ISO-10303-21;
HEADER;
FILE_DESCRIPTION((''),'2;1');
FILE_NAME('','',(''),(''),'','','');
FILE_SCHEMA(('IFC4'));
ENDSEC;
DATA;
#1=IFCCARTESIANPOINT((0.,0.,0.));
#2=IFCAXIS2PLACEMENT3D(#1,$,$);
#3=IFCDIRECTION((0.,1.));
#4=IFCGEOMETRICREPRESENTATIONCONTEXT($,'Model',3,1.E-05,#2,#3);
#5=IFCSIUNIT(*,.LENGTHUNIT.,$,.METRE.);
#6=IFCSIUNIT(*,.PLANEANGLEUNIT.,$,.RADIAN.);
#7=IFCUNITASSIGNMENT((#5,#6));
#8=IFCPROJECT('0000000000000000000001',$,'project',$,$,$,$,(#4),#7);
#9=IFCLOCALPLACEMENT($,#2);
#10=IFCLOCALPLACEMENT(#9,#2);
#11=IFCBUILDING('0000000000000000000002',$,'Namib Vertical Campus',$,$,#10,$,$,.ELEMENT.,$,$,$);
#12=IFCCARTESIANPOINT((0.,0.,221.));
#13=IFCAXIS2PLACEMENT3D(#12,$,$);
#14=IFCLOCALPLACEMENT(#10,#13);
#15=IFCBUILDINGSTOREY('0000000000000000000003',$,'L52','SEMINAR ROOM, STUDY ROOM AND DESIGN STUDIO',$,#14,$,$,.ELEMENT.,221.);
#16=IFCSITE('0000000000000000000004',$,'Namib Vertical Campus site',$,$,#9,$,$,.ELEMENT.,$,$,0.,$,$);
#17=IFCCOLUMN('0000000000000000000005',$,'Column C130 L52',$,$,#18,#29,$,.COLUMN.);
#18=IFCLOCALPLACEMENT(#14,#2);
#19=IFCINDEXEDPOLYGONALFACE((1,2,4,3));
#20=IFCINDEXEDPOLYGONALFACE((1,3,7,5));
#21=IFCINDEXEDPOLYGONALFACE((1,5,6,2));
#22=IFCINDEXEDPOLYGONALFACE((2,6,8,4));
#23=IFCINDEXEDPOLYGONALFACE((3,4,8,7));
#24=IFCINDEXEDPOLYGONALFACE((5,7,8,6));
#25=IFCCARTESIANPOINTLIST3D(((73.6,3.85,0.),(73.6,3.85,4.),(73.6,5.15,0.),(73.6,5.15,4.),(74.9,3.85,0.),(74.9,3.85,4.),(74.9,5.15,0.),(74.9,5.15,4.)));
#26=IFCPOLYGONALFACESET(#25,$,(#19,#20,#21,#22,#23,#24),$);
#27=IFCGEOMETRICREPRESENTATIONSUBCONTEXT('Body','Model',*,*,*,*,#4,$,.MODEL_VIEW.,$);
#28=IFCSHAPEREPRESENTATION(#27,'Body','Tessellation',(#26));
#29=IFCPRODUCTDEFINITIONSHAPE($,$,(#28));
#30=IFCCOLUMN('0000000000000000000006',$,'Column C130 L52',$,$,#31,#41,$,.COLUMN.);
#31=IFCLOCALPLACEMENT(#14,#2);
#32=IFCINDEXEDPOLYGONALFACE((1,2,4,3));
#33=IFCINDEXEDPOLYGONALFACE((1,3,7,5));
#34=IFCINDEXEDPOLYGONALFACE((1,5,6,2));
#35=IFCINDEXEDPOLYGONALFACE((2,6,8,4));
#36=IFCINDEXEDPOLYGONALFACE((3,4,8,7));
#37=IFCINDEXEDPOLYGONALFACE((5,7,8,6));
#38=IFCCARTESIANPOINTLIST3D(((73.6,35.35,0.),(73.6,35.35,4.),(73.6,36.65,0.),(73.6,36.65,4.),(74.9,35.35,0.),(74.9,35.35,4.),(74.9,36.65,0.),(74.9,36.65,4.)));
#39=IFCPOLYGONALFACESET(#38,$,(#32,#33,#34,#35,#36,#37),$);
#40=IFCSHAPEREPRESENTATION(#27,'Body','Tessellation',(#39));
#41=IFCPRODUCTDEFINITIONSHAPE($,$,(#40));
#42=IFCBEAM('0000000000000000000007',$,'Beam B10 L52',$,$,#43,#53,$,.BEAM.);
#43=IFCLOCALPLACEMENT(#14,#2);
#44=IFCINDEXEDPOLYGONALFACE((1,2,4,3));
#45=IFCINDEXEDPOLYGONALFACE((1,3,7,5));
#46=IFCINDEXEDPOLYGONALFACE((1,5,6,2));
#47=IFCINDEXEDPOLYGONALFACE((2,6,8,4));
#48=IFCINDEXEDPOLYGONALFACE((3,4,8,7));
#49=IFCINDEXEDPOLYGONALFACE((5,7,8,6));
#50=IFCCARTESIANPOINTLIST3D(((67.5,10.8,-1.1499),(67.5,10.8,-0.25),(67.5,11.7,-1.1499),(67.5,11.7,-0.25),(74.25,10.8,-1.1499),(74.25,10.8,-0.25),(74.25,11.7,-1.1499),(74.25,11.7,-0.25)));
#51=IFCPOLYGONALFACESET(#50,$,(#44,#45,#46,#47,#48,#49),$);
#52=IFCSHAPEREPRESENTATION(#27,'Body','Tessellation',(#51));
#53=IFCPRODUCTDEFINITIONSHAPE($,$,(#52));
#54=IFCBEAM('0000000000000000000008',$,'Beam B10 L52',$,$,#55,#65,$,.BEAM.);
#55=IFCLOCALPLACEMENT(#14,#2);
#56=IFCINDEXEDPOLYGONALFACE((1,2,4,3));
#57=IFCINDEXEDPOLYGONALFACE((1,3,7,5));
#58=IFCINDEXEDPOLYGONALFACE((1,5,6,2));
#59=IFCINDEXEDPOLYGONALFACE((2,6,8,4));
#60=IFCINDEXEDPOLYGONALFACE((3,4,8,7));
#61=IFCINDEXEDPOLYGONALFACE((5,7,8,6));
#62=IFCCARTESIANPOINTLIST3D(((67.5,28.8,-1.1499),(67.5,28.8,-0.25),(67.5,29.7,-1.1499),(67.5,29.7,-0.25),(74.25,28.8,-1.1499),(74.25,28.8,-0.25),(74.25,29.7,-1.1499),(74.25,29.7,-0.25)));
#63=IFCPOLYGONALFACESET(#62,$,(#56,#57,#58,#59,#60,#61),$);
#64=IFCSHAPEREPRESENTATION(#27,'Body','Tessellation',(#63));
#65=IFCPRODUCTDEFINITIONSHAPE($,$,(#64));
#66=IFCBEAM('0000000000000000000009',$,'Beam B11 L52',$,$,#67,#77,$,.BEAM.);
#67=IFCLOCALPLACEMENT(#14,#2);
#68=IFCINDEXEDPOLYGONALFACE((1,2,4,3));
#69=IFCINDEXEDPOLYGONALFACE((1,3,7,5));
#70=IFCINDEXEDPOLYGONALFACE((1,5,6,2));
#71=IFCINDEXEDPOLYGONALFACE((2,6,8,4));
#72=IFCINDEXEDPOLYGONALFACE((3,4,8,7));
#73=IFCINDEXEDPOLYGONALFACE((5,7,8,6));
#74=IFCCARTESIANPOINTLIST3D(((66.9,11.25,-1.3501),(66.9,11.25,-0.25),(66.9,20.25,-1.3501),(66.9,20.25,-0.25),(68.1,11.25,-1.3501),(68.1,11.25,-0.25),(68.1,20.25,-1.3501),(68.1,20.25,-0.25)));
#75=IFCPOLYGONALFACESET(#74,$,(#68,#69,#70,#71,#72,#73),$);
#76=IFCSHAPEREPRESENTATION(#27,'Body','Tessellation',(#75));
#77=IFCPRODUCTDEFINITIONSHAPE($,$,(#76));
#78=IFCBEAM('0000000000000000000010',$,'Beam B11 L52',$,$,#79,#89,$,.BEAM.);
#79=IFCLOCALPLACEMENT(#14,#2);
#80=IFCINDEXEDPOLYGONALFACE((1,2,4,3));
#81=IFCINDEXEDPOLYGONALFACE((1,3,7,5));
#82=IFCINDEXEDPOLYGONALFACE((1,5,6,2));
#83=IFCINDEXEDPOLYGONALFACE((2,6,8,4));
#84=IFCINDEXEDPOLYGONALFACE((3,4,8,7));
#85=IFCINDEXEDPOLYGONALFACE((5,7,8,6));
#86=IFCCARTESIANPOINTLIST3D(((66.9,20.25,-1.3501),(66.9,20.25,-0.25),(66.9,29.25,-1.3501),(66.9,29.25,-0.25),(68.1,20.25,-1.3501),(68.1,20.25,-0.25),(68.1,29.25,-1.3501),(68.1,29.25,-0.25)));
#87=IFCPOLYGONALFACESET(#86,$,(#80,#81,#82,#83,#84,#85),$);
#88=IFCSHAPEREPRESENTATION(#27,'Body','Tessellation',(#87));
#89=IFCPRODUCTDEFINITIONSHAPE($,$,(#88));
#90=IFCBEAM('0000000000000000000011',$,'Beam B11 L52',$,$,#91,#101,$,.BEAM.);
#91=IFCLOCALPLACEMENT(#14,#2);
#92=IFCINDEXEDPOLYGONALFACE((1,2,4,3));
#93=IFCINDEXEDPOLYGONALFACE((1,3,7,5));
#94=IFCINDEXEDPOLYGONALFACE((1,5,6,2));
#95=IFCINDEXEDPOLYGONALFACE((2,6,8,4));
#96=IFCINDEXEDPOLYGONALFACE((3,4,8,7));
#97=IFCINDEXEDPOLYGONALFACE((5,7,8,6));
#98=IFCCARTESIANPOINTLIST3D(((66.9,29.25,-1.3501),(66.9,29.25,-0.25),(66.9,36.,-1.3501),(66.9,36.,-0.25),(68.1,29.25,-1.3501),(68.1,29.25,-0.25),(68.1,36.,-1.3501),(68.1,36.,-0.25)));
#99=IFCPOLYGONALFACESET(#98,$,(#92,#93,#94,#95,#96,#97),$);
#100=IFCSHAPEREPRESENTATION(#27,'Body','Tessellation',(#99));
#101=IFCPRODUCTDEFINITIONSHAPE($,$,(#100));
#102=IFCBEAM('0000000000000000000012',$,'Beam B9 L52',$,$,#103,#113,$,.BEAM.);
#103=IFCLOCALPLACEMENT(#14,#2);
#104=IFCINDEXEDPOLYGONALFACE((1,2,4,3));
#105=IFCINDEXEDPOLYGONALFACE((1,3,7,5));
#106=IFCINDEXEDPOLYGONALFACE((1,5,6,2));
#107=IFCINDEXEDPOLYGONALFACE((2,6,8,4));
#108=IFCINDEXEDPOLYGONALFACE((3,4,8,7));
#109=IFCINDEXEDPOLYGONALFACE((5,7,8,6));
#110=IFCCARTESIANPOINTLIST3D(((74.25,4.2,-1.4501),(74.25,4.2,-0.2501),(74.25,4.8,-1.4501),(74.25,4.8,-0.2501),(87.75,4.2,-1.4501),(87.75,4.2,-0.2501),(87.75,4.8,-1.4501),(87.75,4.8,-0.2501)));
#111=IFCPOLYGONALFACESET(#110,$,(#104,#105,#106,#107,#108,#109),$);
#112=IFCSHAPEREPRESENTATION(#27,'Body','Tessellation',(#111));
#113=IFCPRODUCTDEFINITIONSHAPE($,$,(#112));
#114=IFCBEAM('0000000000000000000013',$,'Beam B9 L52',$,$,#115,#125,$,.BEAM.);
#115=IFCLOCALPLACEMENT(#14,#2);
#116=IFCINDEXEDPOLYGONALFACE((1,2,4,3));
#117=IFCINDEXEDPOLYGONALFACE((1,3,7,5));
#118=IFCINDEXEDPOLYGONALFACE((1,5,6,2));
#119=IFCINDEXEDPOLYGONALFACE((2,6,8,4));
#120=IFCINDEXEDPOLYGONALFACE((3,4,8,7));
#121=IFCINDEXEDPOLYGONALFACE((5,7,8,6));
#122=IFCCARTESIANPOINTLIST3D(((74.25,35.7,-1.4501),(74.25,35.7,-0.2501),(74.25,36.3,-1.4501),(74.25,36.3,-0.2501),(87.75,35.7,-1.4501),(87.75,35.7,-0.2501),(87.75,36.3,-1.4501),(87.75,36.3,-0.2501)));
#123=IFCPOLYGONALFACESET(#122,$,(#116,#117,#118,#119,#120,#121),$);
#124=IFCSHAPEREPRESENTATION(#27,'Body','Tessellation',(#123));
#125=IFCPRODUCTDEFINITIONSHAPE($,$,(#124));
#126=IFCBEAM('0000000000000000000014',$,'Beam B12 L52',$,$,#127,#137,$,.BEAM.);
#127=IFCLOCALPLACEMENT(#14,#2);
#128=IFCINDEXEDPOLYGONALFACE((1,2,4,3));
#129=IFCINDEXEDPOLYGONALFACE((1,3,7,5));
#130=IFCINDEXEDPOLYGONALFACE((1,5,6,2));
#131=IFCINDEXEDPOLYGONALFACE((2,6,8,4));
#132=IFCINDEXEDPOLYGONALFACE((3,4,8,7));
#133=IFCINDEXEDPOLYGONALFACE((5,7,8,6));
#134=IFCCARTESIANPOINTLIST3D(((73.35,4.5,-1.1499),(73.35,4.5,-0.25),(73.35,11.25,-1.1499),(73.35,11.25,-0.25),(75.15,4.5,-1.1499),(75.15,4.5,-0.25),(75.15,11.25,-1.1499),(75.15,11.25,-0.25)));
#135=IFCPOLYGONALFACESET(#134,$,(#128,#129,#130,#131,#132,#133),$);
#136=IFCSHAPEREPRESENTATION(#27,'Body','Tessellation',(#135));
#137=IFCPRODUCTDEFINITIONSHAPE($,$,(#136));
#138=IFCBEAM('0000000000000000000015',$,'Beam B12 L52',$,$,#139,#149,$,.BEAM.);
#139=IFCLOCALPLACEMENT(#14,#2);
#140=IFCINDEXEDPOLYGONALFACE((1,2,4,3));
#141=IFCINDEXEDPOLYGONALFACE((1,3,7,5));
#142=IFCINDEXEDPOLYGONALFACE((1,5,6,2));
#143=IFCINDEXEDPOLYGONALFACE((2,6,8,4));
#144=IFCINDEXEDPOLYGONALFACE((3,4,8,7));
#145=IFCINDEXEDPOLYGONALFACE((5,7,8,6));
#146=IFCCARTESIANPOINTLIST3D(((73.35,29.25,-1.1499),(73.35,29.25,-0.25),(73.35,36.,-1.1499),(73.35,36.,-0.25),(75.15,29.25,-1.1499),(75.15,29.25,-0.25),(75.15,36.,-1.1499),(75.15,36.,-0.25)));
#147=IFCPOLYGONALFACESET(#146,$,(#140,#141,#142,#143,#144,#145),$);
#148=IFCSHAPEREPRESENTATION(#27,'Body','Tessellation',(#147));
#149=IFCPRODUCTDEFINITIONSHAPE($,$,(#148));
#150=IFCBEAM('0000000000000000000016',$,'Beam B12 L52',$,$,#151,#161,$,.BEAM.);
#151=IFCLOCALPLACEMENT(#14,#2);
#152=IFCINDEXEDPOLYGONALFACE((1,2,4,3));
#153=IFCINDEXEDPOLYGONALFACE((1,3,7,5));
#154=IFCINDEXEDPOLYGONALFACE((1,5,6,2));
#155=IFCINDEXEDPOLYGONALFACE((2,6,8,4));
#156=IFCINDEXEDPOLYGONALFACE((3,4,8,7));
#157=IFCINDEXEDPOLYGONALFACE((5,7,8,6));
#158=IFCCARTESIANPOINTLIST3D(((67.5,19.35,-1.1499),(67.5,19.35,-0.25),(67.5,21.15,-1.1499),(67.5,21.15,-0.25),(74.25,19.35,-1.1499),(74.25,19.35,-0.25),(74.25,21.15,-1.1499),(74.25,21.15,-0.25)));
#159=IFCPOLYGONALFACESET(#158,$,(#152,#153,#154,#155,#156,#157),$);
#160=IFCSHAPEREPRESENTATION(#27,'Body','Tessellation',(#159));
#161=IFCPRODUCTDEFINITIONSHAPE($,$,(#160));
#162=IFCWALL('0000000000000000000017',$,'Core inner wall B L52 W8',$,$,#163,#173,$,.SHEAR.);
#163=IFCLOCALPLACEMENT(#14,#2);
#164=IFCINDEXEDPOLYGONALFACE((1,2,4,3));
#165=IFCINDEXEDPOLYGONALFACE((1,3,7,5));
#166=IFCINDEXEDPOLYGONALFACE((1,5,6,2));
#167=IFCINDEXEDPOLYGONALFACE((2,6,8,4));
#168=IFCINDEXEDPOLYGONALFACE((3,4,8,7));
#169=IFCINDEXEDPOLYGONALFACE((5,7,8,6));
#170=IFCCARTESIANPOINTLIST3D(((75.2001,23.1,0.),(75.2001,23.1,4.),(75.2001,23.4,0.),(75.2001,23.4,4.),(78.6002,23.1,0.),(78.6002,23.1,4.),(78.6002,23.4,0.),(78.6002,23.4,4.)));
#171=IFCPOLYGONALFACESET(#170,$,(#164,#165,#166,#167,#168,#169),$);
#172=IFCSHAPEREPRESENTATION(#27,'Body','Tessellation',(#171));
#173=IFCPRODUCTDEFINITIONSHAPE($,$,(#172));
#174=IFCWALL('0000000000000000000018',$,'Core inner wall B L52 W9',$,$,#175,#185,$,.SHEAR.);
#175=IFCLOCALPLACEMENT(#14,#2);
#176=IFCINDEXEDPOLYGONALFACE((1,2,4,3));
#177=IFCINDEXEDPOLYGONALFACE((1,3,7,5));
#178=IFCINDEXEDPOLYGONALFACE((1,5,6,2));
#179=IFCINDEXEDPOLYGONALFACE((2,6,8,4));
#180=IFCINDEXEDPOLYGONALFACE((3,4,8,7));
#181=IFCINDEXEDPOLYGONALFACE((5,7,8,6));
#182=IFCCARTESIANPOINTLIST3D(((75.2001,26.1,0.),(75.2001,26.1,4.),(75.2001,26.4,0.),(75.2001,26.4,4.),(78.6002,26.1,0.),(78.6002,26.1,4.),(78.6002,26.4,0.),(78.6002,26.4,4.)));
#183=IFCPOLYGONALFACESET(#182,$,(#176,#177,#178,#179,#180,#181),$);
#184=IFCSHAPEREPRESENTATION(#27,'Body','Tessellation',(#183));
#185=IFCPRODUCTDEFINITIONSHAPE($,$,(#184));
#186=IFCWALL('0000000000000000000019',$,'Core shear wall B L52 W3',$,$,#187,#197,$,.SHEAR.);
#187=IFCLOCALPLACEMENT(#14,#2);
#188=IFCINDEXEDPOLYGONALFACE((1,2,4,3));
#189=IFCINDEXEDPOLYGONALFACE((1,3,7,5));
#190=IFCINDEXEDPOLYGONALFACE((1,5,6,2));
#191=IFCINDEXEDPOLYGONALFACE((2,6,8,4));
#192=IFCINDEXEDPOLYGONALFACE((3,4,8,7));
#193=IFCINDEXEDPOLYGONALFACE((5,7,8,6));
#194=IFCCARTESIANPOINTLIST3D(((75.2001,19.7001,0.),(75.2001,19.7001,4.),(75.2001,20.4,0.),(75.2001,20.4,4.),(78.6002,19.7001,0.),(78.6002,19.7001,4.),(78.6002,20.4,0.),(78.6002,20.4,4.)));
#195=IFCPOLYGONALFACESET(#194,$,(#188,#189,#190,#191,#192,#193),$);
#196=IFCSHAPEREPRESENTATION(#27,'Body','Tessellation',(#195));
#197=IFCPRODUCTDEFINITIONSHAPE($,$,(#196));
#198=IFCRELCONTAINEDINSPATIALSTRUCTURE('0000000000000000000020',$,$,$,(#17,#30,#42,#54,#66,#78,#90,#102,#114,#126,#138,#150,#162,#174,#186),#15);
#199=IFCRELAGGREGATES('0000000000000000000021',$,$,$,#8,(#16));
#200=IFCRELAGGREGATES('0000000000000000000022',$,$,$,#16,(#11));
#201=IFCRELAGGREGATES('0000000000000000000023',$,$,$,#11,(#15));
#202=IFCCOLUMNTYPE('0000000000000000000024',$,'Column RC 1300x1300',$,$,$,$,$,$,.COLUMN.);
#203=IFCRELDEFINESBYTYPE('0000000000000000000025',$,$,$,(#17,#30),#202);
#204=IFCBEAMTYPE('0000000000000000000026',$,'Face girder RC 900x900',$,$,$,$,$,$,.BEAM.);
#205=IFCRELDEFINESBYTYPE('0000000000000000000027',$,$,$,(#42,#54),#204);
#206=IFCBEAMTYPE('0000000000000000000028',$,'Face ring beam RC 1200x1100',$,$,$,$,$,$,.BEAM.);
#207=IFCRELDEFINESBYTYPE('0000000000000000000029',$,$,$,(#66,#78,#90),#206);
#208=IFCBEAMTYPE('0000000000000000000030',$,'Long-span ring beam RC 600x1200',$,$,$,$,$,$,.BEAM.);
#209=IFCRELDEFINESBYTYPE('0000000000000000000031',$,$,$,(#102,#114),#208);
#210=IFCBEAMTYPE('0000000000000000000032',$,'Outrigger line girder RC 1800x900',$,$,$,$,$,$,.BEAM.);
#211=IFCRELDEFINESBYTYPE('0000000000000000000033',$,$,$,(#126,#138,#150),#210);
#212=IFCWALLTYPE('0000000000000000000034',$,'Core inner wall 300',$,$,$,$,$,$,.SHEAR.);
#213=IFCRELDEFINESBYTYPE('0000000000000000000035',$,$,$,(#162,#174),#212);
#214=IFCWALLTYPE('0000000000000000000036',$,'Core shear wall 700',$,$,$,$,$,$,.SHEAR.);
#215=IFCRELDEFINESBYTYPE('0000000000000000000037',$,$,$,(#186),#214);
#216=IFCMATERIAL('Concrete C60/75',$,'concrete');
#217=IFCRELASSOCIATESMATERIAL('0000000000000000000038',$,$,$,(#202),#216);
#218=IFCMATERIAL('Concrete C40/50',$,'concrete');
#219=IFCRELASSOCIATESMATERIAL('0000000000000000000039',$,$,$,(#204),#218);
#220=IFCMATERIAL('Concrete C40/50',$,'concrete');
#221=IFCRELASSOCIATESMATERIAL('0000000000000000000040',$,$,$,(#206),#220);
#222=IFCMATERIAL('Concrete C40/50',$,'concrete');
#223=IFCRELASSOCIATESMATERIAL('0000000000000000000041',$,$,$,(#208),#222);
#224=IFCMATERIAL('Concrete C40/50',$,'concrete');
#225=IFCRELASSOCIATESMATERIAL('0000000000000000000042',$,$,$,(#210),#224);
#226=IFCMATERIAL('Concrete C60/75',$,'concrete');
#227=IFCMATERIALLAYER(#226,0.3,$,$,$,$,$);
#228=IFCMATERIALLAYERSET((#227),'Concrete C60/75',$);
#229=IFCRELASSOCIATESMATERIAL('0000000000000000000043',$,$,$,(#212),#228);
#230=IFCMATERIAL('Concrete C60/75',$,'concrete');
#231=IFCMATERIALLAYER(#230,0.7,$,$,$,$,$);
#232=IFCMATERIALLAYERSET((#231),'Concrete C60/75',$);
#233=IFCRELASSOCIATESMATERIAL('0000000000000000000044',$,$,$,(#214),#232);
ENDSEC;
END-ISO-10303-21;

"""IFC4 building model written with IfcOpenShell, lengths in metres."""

from ifc_helpers import new_model, si_unit, direction, frame, frame_2d, origin, origin_2d, place, context, subcontext, project, spatial, rectangle, extrude, material, layer, layer_set, material_profile, profile_set, type_object, element, save


model = new_model("IFC4")

# Units and contexts
model_context = context("Model", 3, precision=1e-05, world=origin(), true_north=direction((0.0, 1.0)))
body_context = subcontext(model_context, "Body", "Model", "MODEL_VIEW")
ifc_project = project(units=[si_unit("LENGTHUNIT", "METRE"), si_unit("PLANEANGLEUNIT", "RADIAN")], contexts=[model_context])

# Site, building, storey
site_placement = place(None, origin())
site = spatial("IfcSite", under=ifc_project, at=site_placement, Name="Namib Vertical Campus site", CompositionType="ELEMENT", RefElevation=0.0)
building_placement = place(site_placement, origin())
building = spatial("IfcBuilding", under=site, at=building_placement, Name="Namib Vertical Campus", CompositionType="ELEMENT")
storey_placement = place(building_placement, frame((0.0, 0.0, 221.0)))
storey = spatial("IfcBuildingStorey", under=building, at=storey_placement, Name="L52", Description="SEMINAR ROOM, STUDY ROOM AND DESIGN STUDIO", CompositionType="ELEMENT", Elevation=221.0)

# Columns
ifc_material_1 = material(Name="Concrete C60/75", Category="concrete")
ifc_material_profile_1 = material_profile(ifc_material_1, rectangle(XDim=1.3, YDim=1.3, at=origin_2d()))
ifc_profile_set_1 = profile_set([ifc_material_profile_1], Name="Concrete C60/75")
column_type = type_object("IfcColumnType", Name="Column RC 1300x1300", PredefinedType="COLUMN", material=ifc_profile_set_1)
for number, where, z_axis, x_axis, name in (
    (1, (74.25, 4.5, 0.0), (0.0, 0.0, 1.0), (1.0, 0.0, 0.0), "Column C130 L52"),
    (2, (74.25, 36.0, 0.0), (0.0, 0.0, 1.0), (1.0, 0.0, 0.0), "Column C130 L52"),
):
    element("IfcColumn", number, at=place(storey_placement, frame(where, z_axis=z_axis, x_axis=x_axis)), inside=storey, type_object=column_type, Name=name, PredefinedType="COLUMN", context=body_context, shape_type="SweptSolid", body=[
        extrude(rectangle(XDim=1.3, YDim=1.3, at=origin_2d()), origin(), (0.0, 0.0, 1.0), 4.0),
    ])

# Beams
ifc_material_2 = material(Name="Concrete C40/50", Category="concrete")
ifc_material_profile_2 = material_profile(ifc_material_2, rectangle(XDim=0.8999, YDim=0.8999, at=origin_2d()))
ifc_profile_set_2 = profile_set([ifc_material_profile_2], Name="Concrete C40/50")
beam_type_1 = type_object("IfcBeamType", Name="Face girder RC 900x900", PredefinedType="BEAM", material=ifc_profile_set_2)
for number, where, z_axis, x_axis, name in (
    (3, (67.5, 11.25, -0.7), (1.0, 0.0, 0.0), (0.0, 1.0, 0.0), "Beam B10 L52"),
    (4, (67.5, 29.25, -0.7), (1.0, 0.0, 0.0), (0.0, 1.0, 0.0), "Beam B10 L52"),
):
    element("IfcBeam", number, at=place(storey_placement, frame(where, z_axis=z_axis, x_axis=x_axis)), inside=storey, type_object=beam_type_1, Name=name, PredefinedType="BEAM", context=body_context, shape_type="SweptSolid", body=[
        extrude(rectangle(XDim=0.8999, YDim=0.8999, at=origin_2d()), origin(), (0.0, 0.0, 1.0), 6.75),
    ])
ifc_material_3 = material(Name="Concrete C40/50", Category="concrete")
ifc_material_profile_3 = material_profile(ifc_material_3, rectangle(XDim=1.2, YDim=1.1001, at=origin_2d()))
ifc_profile_set_3 = profile_set([ifc_material_profile_3], Name="Concrete C40/50")
beam_type_2 = type_object("IfcBeamType", Name="Face ring beam RC 1200x1100", PredefinedType="BEAM", material=ifc_profile_set_3)
for number, where, z_axis, x_axis, name in (
    (5, (67.5, 11.25, -0.8), (0.0, 1.0, 0.0), (-1.0, 0.0, 0.0), "Beam B11 L52"),
    (6, (67.5, 20.25, -0.8), (0.0, 1.0, 0.0), (-1.0, 0.0, 0.0), "Beam B11 L52"),
):
    element("IfcBeam", number, at=place(storey_placement, frame(where, z_axis=z_axis, x_axis=x_axis)), inside=storey, type_object=beam_type_2, Name=name, PredefinedType="BEAM", context=body_context, shape_type="SweptSolid", body=[
        extrude(rectangle(XDim=1.2, YDim=1.1001, at=origin_2d()), origin(), (0.0, 0.0, 1.0), 9.0),
    ])
beam_placement = place(storey_placement, frame((67.5, 29.25, -0.8), z_axis=(0.0, 1.0, 0.0), x_axis=(-1.0, 0.0, 0.0)))
element("IfcBeam", 7, at=beam_placement, inside=storey, type_object=beam_type_2, Name="Beam B11 L52", PredefinedType="BEAM", context=body_context, shape_type="SweptSolid", body=[
    extrude(rectangle(XDim=1.2, YDim=1.1001, at=origin_2d()), origin(), (0.0, 0.0, 1.0), 6.75),
])
ifc_material_4 = material(Name="Concrete C40/50", Category="concrete")
ifc_material_profile_4 = material_profile(ifc_material_4, rectangle(XDim=0.6001, YDim=1.2, at=origin_2d()))
ifc_profile_set_4 = profile_set([ifc_material_profile_4], Name="Concrete C40/50")
beam_type_3 = type_object("IfcBeamType", Name="Long-span ring beam RC 600x1200", PredefinedType="BEAM", material=ifc_profile_set_4)
for number, where, z_axis, x_axis, name in (
    (8, (74.25, 4.5, -0.8501), (1.0, 0.0, 0.0), (0.0, 1.0, 0.0), "Beam B9 L52"),
    (9, (74.25, 36.0, -0.8501), (1.0, 0.0, 0.0), (0.0, 1.0, 0.0), "Beam B9 L52"),
):
    element("IfcBeam", number, at=place(storey_placement, frame(where, z_axis=z_axis, x_axis=x_axis)), inside=storey, type_object=beam_type_3, Name=name, PredefinedType="BEAM", context=body_context, shape_type="SweptSolid", body=[
        extrude(rectangle(XDim=0.6001, YDim=1.2, at=origin_2d()), origin(), (0.0, 0.0, 1.0), 13.5),
    ])
ifc_material_5 = material(Name="Concrete C40/50", Category="concrete")
ifc_material_profile_5 = material_profile(ifc_material_5, rectangle(XDim=1.8, YDim=0.8999, at=origin_2d()))
ifc_profile_set_5 = profile_set([ifc_material_profile_5], Name="Concrete C40/50")
beam_type_4 = type_object("IfcBeamType", Name="Outrigger line girder RC 1800x900", PredefinedType="BEAM", material=ifc_profile_set_5)
for number, where, z_axis, x_axis, name in (
    (10, (74.25, 4.5, -0.7), (0.0, 1.0, 0.0), (-1.0, 0.0, 0.0), "Beam B12 L52"),
    (11, (74.25, 36.0, -0.7), (0.0, -1.0, 0.0), (1.0, 0.0, 0.0), "Beam B12 L52"),
    (12, (67.5, 20.25, -0.7), (1.0, 0.0, 0.0), (0.0, 1.0, 0.0), "Beam B12 L52"),
):
    element("IfcBeam", number, at=place(storey_placement, frame(where, z_axis=z_axis, x_axis=x_axis)), inside=storey, type_object=beam_type_4, Name=name, PredefinedType="BEAM", context=body_context, shape_type="SweptSolid", body=[
        extrude(rectangle(XDim=1.8, YDim=0.8999, at=origin_2d()), origin(), (0.0, 0.0, 1.0), 6.75),
    ])

# Walls
ifc_material_6 = material(Name="Concrete C60/75", Category="concrete")
ifc_layer_1 = layer(ifc_material_6, 0.3)
ifc_layer_set_1 = layer_set([ifc_layer_1], Name="Concrete C60/75")
wall_type_1 = type_object("IfcWallType", Name="Core inner wall 300", PredefinedType="SHEAR", material=ifc_layer_set_1)
for number, where, z_axis, x_axis, name in (
    (13, (75.2, 23.25, 0.0), (0.0, 0.0, 1.0), (1.0, 0.0, 0.0), "Core inner wall B L52 W8"),
    (14, (75.2, 26.25, 0.0), (0.0, 0.0, 1.0), (1.0, 0.0, 0.0), "Core inner wall B L52 W9"),
):
    element("IfcWall", number, at=place(storey_placement, frame(where, z_axis=z_axis, x_axis=x_axis)), inside=storey, type_object=wall_type_1, Name=name, PredefinedType="SHEAR", context=body_context, shape_type="SweptSolid", body=[
        extrude(rectangle(XDim=3.4001, YDim=0.3, at=frame_2d((1.7002, 0.0))), origin(), (0.0, 0.0, 1.0), 4.0),
    ])
ifc_material_7 = material(Name="Concrete C60/75", Category="concrete")
ifc_layer_2 = layer(ifc_material_7, 0.7)
ifc_layer_set_2 = layer_set([ifc_layer_2], Name="Concrete C60/75")
wall_type_2 = type_object("IfcWallType", Name="Core shear wall 700", PredefinedType="SHEAR", material=ifc_layer_set_2)
wall_1_placement = place(storey_placement, frame((75.2, 20.05, 0.0), z_axis=(0.0, 0.0, 1.0), x_axis=(1.0, 0.0, 0.0)))
element("IfcWall", 15, at=wall_1_placement, inside=storey, type_object=wall_type_2, Name="Core shear wall B L52 W3", PredefinedType="SHEAR", context=body_context, shape_type="SweptSolid", body=[
    extrude(rectangle(XDim=3.4001, YDim=0.7, at=frame_2d((1.7002, 0.0))), origin(), (0.0, 0.0, 1.0), 4.0),
])

save(model, "model.ifc")
